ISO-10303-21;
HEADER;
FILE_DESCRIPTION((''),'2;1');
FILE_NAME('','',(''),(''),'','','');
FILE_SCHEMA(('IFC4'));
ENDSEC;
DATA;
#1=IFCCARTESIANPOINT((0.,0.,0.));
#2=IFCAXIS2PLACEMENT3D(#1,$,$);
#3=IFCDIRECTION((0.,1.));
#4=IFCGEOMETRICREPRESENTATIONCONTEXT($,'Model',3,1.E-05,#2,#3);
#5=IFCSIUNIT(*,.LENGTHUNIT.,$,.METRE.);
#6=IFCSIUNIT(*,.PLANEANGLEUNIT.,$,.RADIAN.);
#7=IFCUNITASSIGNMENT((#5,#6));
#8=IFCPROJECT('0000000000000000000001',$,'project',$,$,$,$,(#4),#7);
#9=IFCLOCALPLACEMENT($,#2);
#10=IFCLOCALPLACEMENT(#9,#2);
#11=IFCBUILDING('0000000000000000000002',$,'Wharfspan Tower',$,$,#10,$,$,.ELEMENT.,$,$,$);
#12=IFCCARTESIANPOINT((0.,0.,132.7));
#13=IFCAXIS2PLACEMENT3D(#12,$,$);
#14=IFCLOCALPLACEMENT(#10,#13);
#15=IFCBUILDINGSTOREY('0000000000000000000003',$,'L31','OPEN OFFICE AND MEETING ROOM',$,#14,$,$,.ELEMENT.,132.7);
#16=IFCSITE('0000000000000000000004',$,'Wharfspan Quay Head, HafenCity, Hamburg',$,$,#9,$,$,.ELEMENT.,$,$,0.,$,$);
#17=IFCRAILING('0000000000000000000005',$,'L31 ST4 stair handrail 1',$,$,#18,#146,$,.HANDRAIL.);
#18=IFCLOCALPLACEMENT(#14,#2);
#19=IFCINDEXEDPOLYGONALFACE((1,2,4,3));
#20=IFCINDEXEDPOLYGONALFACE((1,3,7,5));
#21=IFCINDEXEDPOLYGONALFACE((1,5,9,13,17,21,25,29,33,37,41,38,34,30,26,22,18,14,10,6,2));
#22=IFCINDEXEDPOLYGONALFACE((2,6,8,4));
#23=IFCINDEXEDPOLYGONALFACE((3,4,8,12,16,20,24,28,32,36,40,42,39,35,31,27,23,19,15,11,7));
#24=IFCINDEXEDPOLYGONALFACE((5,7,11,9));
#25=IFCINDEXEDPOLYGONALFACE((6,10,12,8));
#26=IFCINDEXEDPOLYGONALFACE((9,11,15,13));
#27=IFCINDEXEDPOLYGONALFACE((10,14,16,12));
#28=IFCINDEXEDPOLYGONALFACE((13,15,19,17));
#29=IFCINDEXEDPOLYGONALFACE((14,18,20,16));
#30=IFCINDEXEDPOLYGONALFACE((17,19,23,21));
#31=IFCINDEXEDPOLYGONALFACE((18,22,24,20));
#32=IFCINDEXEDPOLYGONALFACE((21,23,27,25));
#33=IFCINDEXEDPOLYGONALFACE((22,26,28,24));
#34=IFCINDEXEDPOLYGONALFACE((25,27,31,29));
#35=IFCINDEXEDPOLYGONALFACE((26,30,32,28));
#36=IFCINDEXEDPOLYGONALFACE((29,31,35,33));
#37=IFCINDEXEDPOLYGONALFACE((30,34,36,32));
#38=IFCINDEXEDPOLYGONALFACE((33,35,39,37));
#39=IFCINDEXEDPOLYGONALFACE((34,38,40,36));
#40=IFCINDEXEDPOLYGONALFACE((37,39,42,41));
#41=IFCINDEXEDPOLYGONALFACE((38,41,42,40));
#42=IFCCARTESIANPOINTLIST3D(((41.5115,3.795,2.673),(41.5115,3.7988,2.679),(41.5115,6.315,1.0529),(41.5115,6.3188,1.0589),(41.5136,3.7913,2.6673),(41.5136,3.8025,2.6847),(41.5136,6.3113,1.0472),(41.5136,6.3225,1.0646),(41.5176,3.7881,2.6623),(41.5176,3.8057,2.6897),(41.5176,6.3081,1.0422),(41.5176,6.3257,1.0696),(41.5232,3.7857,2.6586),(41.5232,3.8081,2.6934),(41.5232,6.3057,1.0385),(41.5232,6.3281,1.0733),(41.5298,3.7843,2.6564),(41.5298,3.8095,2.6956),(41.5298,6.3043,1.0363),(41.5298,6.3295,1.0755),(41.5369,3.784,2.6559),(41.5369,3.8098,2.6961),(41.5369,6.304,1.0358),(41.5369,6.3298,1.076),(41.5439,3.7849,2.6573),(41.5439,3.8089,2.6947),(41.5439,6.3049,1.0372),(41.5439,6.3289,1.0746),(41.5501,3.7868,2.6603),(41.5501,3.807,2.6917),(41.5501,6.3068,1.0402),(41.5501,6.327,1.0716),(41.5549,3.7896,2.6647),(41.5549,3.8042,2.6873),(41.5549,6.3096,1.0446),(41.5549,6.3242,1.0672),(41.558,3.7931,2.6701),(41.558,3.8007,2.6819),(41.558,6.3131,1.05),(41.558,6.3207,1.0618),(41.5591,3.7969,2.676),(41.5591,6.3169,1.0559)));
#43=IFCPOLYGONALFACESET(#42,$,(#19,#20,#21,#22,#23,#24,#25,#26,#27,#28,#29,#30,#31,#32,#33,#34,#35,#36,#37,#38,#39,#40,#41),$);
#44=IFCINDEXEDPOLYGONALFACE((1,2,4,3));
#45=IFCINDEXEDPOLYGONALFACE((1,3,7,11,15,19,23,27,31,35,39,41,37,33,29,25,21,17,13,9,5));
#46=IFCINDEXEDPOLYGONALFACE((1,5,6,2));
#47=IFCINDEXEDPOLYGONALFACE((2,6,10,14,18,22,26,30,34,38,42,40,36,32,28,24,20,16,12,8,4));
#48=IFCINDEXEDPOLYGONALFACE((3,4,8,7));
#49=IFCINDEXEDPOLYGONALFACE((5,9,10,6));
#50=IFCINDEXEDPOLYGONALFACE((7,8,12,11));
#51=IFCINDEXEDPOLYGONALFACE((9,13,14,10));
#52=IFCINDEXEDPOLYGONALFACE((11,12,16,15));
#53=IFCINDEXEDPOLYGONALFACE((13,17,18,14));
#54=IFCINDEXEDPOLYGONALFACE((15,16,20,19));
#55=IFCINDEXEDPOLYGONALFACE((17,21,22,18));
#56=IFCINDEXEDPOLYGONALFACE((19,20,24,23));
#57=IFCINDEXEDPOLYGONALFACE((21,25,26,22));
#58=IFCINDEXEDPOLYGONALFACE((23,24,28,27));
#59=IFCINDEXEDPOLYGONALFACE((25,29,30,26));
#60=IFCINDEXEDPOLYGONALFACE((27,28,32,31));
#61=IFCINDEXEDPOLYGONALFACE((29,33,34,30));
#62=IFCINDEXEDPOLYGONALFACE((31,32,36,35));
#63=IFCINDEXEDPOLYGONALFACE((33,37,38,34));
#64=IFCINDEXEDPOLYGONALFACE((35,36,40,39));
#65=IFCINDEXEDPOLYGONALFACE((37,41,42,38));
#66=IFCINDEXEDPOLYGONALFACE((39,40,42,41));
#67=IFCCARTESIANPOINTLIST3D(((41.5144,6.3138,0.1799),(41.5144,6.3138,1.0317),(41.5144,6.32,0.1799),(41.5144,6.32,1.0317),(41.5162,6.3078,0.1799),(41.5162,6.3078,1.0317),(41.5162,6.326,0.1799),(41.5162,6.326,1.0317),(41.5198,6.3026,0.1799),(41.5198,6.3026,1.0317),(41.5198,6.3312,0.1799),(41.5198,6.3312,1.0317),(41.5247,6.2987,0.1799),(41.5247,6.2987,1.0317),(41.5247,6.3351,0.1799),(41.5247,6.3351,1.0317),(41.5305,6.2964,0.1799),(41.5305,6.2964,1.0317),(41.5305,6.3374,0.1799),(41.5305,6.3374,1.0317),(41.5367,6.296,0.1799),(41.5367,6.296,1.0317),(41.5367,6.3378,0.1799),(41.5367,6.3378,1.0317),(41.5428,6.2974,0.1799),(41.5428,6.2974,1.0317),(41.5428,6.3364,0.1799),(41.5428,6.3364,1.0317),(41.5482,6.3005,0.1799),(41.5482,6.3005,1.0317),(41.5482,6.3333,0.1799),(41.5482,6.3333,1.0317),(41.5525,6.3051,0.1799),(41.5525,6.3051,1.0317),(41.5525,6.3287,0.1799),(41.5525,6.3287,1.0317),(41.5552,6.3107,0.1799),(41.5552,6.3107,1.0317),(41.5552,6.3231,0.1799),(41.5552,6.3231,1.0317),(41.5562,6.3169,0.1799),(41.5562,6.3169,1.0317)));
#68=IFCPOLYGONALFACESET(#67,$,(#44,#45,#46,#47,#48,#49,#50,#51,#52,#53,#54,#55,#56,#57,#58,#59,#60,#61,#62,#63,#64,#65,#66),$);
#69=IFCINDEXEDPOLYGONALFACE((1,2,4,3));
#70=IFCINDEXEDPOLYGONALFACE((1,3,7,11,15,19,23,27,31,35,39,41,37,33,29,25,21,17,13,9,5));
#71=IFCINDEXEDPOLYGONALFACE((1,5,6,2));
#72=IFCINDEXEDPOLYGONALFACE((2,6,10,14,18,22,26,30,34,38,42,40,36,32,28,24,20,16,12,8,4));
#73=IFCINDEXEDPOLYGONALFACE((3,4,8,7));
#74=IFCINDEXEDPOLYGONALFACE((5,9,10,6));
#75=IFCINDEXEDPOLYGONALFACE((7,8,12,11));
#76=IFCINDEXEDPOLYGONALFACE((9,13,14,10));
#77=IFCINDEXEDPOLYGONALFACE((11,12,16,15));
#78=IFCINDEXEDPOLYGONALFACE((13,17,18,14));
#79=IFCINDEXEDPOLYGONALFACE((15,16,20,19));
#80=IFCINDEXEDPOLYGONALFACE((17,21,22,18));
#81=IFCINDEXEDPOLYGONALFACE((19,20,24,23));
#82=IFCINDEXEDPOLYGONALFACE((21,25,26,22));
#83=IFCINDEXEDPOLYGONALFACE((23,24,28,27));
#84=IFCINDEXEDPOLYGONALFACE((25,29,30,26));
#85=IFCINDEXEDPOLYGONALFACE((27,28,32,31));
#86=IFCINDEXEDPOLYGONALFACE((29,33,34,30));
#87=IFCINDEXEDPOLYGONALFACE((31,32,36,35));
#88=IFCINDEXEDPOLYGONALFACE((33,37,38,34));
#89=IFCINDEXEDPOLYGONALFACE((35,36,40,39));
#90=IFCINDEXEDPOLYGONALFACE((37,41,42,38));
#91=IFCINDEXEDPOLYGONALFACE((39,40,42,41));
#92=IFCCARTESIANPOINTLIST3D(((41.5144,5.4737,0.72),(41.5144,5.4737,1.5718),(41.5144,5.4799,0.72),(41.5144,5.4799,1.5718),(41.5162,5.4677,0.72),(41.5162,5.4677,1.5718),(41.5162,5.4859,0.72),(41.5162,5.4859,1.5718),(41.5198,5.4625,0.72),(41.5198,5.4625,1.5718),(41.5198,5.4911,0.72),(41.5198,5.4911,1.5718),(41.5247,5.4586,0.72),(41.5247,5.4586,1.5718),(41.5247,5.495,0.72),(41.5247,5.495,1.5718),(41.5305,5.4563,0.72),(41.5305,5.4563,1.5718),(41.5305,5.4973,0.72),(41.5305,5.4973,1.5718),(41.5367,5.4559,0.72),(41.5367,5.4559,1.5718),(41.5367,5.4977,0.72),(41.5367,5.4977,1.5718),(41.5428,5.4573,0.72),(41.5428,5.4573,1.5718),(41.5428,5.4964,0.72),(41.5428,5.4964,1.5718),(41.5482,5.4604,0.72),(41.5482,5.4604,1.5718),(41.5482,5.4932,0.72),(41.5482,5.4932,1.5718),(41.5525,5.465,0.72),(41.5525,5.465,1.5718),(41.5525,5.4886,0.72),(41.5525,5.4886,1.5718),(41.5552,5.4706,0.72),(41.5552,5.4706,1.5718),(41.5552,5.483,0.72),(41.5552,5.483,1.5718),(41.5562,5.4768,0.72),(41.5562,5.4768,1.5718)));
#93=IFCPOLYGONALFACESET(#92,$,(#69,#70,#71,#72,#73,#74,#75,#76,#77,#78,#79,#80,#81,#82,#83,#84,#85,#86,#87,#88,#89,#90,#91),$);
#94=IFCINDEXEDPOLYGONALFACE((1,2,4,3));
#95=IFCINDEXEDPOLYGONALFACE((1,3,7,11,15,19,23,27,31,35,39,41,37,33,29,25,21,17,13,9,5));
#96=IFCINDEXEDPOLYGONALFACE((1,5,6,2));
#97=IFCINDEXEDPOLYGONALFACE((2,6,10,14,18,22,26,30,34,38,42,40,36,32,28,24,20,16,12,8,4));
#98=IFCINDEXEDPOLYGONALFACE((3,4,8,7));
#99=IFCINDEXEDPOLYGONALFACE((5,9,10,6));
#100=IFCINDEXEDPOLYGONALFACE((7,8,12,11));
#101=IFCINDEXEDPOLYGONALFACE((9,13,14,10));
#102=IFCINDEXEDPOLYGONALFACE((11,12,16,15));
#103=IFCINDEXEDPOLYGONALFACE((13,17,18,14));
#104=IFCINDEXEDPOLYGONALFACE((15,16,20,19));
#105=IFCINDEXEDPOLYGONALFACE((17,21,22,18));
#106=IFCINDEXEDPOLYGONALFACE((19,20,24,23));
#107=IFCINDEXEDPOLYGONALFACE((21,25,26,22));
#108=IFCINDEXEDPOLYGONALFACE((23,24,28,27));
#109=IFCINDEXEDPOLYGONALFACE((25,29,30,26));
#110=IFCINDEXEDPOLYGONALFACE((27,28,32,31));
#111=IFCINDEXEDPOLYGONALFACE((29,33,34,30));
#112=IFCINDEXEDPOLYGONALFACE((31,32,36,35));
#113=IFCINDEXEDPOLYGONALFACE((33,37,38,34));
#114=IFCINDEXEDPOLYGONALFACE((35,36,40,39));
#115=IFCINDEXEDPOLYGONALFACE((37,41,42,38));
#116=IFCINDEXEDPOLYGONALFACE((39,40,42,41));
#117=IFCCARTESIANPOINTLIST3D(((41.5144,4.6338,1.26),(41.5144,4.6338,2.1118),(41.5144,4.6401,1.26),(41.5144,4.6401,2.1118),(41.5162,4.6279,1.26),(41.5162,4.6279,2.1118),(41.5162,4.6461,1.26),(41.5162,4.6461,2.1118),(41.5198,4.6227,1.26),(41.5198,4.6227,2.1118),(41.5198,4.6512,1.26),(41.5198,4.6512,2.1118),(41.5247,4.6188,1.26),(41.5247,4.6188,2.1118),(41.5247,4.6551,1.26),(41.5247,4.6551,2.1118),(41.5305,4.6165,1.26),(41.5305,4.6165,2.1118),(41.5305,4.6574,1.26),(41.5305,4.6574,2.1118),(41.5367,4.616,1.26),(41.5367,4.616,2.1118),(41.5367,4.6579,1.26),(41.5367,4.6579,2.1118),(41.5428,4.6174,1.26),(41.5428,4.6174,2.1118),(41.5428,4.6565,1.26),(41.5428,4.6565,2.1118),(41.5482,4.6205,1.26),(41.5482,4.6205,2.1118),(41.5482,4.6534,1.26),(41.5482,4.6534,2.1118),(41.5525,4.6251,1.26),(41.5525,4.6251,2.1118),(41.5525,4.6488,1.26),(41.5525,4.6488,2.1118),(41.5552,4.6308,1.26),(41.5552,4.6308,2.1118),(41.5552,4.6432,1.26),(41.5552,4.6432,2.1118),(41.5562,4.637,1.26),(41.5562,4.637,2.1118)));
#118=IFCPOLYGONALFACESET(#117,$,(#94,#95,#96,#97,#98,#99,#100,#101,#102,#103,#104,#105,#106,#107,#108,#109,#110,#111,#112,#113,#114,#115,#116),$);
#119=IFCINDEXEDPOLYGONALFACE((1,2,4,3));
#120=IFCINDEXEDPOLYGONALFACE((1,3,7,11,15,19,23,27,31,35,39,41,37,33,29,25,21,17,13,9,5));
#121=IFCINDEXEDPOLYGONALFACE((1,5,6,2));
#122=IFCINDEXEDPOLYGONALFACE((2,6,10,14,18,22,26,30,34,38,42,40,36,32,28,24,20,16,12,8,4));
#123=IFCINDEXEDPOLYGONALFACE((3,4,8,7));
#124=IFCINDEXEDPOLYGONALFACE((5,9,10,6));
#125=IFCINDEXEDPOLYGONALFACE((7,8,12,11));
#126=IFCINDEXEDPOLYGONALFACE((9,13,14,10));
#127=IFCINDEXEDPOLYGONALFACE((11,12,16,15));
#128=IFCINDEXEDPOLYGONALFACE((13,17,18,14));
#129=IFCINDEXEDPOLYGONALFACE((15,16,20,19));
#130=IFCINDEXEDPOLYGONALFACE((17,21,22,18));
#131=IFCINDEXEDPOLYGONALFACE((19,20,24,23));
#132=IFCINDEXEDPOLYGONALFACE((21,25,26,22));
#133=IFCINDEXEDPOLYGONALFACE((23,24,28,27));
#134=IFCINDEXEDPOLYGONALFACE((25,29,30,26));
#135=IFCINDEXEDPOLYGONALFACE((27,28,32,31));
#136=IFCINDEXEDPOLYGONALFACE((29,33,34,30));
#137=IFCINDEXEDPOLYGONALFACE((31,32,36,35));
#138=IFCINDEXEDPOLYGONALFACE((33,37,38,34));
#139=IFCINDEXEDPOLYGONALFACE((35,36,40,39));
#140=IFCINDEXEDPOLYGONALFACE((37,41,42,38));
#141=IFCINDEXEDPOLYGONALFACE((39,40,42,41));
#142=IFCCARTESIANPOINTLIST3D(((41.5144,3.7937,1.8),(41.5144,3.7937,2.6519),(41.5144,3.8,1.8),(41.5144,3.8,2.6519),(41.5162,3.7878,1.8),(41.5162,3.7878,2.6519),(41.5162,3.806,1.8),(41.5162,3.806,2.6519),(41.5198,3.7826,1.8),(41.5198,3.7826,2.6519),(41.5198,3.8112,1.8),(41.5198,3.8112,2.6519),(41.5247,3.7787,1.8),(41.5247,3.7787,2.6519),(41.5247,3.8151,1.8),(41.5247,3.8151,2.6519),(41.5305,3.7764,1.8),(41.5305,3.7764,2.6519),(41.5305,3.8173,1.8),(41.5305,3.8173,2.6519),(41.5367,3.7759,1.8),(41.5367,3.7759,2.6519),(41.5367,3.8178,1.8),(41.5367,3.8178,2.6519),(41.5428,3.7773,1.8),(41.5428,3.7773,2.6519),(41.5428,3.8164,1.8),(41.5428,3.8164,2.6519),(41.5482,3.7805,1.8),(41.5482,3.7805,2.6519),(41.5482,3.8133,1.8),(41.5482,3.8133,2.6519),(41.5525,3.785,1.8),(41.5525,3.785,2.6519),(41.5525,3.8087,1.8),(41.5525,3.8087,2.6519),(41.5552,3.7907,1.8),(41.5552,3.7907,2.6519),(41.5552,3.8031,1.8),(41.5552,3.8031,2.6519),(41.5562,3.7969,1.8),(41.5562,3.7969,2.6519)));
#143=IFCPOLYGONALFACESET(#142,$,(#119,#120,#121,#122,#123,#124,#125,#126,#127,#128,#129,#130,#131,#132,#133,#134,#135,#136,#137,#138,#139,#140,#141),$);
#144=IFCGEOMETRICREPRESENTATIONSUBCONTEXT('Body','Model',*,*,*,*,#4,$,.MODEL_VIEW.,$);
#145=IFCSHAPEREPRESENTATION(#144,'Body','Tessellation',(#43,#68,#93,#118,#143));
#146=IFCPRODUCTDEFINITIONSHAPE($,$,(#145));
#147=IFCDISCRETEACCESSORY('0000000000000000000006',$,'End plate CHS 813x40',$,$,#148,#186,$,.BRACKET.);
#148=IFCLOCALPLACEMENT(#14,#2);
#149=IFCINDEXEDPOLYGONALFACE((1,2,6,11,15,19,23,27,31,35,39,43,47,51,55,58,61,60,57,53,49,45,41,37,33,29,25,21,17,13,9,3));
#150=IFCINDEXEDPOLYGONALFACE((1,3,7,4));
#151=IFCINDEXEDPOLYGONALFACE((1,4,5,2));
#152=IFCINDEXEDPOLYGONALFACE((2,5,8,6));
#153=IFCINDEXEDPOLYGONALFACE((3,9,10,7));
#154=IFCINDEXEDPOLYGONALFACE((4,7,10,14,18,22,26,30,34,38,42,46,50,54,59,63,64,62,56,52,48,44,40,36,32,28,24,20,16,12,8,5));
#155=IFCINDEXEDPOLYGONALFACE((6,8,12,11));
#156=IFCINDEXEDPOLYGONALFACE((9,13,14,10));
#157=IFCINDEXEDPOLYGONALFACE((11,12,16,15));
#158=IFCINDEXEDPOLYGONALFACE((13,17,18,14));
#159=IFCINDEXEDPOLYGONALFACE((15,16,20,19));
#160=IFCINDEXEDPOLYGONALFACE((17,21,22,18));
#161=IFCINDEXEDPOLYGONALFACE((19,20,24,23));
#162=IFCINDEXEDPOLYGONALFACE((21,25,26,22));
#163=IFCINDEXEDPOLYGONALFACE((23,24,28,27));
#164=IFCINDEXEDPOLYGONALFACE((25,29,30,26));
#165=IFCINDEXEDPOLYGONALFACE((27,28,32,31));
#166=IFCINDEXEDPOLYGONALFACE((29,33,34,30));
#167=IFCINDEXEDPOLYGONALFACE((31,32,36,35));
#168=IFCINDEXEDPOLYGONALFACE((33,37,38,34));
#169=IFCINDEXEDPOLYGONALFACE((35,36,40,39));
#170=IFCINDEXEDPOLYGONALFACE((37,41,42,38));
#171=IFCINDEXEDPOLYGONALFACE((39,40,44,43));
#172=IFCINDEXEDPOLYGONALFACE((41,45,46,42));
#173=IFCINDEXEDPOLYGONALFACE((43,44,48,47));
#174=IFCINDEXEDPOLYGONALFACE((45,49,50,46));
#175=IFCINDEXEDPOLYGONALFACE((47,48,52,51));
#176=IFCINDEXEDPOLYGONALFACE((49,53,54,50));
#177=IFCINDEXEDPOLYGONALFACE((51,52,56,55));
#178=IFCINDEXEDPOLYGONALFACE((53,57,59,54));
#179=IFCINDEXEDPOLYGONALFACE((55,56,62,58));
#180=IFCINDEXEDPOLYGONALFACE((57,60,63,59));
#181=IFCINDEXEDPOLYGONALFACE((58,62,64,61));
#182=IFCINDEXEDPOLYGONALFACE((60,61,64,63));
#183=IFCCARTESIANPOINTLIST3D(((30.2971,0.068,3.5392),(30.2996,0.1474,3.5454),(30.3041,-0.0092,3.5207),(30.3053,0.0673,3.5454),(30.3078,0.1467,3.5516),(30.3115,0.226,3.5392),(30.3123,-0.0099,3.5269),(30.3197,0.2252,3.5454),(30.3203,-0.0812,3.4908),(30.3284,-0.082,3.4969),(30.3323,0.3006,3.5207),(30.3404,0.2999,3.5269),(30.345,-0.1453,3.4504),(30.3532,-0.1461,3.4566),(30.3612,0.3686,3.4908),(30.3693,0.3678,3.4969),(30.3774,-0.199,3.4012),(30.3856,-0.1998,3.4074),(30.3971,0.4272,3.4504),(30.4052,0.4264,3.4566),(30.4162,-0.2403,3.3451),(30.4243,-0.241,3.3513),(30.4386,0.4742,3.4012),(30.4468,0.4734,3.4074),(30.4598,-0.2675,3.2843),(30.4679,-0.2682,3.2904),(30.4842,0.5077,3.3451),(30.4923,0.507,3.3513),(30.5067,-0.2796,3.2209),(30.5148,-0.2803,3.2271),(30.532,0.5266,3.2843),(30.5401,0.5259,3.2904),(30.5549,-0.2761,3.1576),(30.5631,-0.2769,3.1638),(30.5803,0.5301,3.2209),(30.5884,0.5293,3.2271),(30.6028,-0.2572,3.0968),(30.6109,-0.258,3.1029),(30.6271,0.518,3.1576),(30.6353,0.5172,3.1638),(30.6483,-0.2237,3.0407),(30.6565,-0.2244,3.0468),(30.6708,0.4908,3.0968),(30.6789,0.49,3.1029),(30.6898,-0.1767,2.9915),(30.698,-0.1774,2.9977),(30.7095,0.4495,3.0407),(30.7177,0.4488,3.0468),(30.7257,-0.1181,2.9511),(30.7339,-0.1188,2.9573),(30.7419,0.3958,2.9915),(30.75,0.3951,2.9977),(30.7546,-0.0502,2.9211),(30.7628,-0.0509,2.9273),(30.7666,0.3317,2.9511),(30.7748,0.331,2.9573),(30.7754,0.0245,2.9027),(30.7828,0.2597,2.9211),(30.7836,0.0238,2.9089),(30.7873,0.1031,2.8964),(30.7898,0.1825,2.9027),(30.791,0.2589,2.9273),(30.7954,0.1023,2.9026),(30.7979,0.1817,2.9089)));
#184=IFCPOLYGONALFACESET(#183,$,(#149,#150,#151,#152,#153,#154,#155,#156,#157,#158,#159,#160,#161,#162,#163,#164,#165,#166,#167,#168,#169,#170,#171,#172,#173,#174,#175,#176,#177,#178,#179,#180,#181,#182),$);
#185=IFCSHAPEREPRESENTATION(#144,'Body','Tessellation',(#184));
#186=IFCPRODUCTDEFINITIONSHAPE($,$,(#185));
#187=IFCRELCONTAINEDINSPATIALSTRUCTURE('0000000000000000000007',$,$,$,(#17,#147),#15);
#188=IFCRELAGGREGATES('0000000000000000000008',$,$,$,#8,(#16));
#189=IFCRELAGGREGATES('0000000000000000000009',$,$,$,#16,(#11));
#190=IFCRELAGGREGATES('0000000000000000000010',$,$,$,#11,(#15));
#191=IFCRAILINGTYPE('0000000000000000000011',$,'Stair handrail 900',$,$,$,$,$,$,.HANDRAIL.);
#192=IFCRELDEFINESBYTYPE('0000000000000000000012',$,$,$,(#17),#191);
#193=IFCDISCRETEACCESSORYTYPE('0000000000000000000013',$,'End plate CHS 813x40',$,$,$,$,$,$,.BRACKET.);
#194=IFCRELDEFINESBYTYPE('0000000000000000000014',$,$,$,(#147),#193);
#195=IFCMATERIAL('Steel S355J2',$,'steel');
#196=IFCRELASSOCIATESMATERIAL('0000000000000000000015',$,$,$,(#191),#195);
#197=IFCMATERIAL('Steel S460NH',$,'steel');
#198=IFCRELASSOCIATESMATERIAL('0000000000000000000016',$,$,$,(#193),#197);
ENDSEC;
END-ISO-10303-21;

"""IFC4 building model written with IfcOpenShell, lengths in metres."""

from ifc_helpers import new_model, si_unit, direction, frame, origin, origin_2d, place, context, subcontext, project, spatial, circle, extrude, material, material_profile, profile_set, type_object, element, save


model = new_model("IFC4")

# Units and contexts
model_context = context("Model", 3, precision=1e-05, world=origin(), true_north=direction((0.0, 1.0)))
body_context = subcontext(model_context, "Body", "Model", "MODEL_VIEW")
ifc_project = project(units=[si_unit("LENGTHUNIT", "METRE"), si_unit("PLANEANGLEUNIT", "RADIAN")], contexts=[model_context])

# Site, building, storey
site_placement = place(None, origin())
site = spatial("IfcSite", under=ifc_project, at=site_placement, Name="Wharfspan Quay Head, HafenCity, Hamburg", CompositionType="ELEMENT", RefElevation=0.0)
building_placement = place(site_placement, origin())
building = spatial("IfcBuilding", under=site, at=building_placement, Name="Wharfspan Tower", CompositionType="ELEMENT")
storey_placement = place(building_placement, frame((0.0, 0.0, 132.7)))
storey = spatial("IfcBuildingStorey", under=building, at=storey_placement, Name="L31", Description="OPEN OFFICE AND MEETING ROOM", CompositionType="ELEMENT", Elevation=132.7)

# Shared definitions
ifc_material_1 = material(Name="Steel S355J2", Category="steel")

# Shared definitions
ifc_material_2 = material(Name="Steel S460NH", Category="steel")

# Railing
railing_type = type_object("IfcRailingType", Name="Stair handrail 900", PredefinedType="HANDRAIL", material=ifc_material_1)
railing_placement = place(storey_placement, frame((41.5352, 6.3169, 0.1799)))
element("IfcRailing", 1, at=railing_placement, inside=storey, type_object=railing_type, Name="L31 ST4 stair handrail 1", PredefinedType="HANDRAIL", context=body_context, shape_type="SweptSolid", body=[
    extrude(circle(Radius=0.0239, at=origin_2d()), frame((0.0, 0.0, 0.876), z_axis=(0.0, -0.841163, 0.540782), x_axis=(1.0, 0.0, 0.0)), (0.0, 0.0, 1.0), 2.9958),
    extrude(circle(Radius=0.021, at=origin_2d()), origin(), (0.0, 0.0, 1.0), 0.8518),
    extrude(circle(Radius=0.021, at=origin_2d()), frame((0.0, -0.8401, 0.54)), (0.0, 0.0, 1.0), 0.8518),
    extrude(circle(Radius=0.021, at=origin_2d()), frame((0.0, -1.6799, 1.0801)), (0.0, 0.0, 1.0), 0.8518),
    extrude(circle(Radius=0.021, at=origin_2d()), frame((0.0, -2.52, 1.6201)), (0.0, 0.0, 1.0), 0.8518),
])

# Discrete accessory
ifc_material_profile_1 = material_profile(ifc_material_2, circle(Radius=0.4065, at=origin_2d()))
ifc_profile_set_1 = profile_set([ifc_material_profile_1], Name="Steel S460NH")
discrete_accessory_type = type_object("IfcDiscreteAccessoryType", Name="End plate CHS 813x40", PredefinedType="BRACKET", material=ifc_profile_set_1)
discrete_accessory_1_placement = place(storey_placement, frame((30.5435, 0.1252, 3.2209), z_axis=(0.795008, -0.072273, 0.602279), x_axis=(0.090536, 0.995894, -0.000001)))
element("IfcDiscreteAccessory", 2, at=discrete_accessory_1_placement, inside=storey, type_object=discrete_accessory_type, Name="End plate CHS 813x40", PredefinedType="BRACKET", context=body_context, shape_type="SweptSolid", body=[
    extrude(circle(Radius=0.4065, at=origin_2d()), origin(), (0.0, 0.0, 1.0), 0.0103),
])

save(model, "model.ifc")
